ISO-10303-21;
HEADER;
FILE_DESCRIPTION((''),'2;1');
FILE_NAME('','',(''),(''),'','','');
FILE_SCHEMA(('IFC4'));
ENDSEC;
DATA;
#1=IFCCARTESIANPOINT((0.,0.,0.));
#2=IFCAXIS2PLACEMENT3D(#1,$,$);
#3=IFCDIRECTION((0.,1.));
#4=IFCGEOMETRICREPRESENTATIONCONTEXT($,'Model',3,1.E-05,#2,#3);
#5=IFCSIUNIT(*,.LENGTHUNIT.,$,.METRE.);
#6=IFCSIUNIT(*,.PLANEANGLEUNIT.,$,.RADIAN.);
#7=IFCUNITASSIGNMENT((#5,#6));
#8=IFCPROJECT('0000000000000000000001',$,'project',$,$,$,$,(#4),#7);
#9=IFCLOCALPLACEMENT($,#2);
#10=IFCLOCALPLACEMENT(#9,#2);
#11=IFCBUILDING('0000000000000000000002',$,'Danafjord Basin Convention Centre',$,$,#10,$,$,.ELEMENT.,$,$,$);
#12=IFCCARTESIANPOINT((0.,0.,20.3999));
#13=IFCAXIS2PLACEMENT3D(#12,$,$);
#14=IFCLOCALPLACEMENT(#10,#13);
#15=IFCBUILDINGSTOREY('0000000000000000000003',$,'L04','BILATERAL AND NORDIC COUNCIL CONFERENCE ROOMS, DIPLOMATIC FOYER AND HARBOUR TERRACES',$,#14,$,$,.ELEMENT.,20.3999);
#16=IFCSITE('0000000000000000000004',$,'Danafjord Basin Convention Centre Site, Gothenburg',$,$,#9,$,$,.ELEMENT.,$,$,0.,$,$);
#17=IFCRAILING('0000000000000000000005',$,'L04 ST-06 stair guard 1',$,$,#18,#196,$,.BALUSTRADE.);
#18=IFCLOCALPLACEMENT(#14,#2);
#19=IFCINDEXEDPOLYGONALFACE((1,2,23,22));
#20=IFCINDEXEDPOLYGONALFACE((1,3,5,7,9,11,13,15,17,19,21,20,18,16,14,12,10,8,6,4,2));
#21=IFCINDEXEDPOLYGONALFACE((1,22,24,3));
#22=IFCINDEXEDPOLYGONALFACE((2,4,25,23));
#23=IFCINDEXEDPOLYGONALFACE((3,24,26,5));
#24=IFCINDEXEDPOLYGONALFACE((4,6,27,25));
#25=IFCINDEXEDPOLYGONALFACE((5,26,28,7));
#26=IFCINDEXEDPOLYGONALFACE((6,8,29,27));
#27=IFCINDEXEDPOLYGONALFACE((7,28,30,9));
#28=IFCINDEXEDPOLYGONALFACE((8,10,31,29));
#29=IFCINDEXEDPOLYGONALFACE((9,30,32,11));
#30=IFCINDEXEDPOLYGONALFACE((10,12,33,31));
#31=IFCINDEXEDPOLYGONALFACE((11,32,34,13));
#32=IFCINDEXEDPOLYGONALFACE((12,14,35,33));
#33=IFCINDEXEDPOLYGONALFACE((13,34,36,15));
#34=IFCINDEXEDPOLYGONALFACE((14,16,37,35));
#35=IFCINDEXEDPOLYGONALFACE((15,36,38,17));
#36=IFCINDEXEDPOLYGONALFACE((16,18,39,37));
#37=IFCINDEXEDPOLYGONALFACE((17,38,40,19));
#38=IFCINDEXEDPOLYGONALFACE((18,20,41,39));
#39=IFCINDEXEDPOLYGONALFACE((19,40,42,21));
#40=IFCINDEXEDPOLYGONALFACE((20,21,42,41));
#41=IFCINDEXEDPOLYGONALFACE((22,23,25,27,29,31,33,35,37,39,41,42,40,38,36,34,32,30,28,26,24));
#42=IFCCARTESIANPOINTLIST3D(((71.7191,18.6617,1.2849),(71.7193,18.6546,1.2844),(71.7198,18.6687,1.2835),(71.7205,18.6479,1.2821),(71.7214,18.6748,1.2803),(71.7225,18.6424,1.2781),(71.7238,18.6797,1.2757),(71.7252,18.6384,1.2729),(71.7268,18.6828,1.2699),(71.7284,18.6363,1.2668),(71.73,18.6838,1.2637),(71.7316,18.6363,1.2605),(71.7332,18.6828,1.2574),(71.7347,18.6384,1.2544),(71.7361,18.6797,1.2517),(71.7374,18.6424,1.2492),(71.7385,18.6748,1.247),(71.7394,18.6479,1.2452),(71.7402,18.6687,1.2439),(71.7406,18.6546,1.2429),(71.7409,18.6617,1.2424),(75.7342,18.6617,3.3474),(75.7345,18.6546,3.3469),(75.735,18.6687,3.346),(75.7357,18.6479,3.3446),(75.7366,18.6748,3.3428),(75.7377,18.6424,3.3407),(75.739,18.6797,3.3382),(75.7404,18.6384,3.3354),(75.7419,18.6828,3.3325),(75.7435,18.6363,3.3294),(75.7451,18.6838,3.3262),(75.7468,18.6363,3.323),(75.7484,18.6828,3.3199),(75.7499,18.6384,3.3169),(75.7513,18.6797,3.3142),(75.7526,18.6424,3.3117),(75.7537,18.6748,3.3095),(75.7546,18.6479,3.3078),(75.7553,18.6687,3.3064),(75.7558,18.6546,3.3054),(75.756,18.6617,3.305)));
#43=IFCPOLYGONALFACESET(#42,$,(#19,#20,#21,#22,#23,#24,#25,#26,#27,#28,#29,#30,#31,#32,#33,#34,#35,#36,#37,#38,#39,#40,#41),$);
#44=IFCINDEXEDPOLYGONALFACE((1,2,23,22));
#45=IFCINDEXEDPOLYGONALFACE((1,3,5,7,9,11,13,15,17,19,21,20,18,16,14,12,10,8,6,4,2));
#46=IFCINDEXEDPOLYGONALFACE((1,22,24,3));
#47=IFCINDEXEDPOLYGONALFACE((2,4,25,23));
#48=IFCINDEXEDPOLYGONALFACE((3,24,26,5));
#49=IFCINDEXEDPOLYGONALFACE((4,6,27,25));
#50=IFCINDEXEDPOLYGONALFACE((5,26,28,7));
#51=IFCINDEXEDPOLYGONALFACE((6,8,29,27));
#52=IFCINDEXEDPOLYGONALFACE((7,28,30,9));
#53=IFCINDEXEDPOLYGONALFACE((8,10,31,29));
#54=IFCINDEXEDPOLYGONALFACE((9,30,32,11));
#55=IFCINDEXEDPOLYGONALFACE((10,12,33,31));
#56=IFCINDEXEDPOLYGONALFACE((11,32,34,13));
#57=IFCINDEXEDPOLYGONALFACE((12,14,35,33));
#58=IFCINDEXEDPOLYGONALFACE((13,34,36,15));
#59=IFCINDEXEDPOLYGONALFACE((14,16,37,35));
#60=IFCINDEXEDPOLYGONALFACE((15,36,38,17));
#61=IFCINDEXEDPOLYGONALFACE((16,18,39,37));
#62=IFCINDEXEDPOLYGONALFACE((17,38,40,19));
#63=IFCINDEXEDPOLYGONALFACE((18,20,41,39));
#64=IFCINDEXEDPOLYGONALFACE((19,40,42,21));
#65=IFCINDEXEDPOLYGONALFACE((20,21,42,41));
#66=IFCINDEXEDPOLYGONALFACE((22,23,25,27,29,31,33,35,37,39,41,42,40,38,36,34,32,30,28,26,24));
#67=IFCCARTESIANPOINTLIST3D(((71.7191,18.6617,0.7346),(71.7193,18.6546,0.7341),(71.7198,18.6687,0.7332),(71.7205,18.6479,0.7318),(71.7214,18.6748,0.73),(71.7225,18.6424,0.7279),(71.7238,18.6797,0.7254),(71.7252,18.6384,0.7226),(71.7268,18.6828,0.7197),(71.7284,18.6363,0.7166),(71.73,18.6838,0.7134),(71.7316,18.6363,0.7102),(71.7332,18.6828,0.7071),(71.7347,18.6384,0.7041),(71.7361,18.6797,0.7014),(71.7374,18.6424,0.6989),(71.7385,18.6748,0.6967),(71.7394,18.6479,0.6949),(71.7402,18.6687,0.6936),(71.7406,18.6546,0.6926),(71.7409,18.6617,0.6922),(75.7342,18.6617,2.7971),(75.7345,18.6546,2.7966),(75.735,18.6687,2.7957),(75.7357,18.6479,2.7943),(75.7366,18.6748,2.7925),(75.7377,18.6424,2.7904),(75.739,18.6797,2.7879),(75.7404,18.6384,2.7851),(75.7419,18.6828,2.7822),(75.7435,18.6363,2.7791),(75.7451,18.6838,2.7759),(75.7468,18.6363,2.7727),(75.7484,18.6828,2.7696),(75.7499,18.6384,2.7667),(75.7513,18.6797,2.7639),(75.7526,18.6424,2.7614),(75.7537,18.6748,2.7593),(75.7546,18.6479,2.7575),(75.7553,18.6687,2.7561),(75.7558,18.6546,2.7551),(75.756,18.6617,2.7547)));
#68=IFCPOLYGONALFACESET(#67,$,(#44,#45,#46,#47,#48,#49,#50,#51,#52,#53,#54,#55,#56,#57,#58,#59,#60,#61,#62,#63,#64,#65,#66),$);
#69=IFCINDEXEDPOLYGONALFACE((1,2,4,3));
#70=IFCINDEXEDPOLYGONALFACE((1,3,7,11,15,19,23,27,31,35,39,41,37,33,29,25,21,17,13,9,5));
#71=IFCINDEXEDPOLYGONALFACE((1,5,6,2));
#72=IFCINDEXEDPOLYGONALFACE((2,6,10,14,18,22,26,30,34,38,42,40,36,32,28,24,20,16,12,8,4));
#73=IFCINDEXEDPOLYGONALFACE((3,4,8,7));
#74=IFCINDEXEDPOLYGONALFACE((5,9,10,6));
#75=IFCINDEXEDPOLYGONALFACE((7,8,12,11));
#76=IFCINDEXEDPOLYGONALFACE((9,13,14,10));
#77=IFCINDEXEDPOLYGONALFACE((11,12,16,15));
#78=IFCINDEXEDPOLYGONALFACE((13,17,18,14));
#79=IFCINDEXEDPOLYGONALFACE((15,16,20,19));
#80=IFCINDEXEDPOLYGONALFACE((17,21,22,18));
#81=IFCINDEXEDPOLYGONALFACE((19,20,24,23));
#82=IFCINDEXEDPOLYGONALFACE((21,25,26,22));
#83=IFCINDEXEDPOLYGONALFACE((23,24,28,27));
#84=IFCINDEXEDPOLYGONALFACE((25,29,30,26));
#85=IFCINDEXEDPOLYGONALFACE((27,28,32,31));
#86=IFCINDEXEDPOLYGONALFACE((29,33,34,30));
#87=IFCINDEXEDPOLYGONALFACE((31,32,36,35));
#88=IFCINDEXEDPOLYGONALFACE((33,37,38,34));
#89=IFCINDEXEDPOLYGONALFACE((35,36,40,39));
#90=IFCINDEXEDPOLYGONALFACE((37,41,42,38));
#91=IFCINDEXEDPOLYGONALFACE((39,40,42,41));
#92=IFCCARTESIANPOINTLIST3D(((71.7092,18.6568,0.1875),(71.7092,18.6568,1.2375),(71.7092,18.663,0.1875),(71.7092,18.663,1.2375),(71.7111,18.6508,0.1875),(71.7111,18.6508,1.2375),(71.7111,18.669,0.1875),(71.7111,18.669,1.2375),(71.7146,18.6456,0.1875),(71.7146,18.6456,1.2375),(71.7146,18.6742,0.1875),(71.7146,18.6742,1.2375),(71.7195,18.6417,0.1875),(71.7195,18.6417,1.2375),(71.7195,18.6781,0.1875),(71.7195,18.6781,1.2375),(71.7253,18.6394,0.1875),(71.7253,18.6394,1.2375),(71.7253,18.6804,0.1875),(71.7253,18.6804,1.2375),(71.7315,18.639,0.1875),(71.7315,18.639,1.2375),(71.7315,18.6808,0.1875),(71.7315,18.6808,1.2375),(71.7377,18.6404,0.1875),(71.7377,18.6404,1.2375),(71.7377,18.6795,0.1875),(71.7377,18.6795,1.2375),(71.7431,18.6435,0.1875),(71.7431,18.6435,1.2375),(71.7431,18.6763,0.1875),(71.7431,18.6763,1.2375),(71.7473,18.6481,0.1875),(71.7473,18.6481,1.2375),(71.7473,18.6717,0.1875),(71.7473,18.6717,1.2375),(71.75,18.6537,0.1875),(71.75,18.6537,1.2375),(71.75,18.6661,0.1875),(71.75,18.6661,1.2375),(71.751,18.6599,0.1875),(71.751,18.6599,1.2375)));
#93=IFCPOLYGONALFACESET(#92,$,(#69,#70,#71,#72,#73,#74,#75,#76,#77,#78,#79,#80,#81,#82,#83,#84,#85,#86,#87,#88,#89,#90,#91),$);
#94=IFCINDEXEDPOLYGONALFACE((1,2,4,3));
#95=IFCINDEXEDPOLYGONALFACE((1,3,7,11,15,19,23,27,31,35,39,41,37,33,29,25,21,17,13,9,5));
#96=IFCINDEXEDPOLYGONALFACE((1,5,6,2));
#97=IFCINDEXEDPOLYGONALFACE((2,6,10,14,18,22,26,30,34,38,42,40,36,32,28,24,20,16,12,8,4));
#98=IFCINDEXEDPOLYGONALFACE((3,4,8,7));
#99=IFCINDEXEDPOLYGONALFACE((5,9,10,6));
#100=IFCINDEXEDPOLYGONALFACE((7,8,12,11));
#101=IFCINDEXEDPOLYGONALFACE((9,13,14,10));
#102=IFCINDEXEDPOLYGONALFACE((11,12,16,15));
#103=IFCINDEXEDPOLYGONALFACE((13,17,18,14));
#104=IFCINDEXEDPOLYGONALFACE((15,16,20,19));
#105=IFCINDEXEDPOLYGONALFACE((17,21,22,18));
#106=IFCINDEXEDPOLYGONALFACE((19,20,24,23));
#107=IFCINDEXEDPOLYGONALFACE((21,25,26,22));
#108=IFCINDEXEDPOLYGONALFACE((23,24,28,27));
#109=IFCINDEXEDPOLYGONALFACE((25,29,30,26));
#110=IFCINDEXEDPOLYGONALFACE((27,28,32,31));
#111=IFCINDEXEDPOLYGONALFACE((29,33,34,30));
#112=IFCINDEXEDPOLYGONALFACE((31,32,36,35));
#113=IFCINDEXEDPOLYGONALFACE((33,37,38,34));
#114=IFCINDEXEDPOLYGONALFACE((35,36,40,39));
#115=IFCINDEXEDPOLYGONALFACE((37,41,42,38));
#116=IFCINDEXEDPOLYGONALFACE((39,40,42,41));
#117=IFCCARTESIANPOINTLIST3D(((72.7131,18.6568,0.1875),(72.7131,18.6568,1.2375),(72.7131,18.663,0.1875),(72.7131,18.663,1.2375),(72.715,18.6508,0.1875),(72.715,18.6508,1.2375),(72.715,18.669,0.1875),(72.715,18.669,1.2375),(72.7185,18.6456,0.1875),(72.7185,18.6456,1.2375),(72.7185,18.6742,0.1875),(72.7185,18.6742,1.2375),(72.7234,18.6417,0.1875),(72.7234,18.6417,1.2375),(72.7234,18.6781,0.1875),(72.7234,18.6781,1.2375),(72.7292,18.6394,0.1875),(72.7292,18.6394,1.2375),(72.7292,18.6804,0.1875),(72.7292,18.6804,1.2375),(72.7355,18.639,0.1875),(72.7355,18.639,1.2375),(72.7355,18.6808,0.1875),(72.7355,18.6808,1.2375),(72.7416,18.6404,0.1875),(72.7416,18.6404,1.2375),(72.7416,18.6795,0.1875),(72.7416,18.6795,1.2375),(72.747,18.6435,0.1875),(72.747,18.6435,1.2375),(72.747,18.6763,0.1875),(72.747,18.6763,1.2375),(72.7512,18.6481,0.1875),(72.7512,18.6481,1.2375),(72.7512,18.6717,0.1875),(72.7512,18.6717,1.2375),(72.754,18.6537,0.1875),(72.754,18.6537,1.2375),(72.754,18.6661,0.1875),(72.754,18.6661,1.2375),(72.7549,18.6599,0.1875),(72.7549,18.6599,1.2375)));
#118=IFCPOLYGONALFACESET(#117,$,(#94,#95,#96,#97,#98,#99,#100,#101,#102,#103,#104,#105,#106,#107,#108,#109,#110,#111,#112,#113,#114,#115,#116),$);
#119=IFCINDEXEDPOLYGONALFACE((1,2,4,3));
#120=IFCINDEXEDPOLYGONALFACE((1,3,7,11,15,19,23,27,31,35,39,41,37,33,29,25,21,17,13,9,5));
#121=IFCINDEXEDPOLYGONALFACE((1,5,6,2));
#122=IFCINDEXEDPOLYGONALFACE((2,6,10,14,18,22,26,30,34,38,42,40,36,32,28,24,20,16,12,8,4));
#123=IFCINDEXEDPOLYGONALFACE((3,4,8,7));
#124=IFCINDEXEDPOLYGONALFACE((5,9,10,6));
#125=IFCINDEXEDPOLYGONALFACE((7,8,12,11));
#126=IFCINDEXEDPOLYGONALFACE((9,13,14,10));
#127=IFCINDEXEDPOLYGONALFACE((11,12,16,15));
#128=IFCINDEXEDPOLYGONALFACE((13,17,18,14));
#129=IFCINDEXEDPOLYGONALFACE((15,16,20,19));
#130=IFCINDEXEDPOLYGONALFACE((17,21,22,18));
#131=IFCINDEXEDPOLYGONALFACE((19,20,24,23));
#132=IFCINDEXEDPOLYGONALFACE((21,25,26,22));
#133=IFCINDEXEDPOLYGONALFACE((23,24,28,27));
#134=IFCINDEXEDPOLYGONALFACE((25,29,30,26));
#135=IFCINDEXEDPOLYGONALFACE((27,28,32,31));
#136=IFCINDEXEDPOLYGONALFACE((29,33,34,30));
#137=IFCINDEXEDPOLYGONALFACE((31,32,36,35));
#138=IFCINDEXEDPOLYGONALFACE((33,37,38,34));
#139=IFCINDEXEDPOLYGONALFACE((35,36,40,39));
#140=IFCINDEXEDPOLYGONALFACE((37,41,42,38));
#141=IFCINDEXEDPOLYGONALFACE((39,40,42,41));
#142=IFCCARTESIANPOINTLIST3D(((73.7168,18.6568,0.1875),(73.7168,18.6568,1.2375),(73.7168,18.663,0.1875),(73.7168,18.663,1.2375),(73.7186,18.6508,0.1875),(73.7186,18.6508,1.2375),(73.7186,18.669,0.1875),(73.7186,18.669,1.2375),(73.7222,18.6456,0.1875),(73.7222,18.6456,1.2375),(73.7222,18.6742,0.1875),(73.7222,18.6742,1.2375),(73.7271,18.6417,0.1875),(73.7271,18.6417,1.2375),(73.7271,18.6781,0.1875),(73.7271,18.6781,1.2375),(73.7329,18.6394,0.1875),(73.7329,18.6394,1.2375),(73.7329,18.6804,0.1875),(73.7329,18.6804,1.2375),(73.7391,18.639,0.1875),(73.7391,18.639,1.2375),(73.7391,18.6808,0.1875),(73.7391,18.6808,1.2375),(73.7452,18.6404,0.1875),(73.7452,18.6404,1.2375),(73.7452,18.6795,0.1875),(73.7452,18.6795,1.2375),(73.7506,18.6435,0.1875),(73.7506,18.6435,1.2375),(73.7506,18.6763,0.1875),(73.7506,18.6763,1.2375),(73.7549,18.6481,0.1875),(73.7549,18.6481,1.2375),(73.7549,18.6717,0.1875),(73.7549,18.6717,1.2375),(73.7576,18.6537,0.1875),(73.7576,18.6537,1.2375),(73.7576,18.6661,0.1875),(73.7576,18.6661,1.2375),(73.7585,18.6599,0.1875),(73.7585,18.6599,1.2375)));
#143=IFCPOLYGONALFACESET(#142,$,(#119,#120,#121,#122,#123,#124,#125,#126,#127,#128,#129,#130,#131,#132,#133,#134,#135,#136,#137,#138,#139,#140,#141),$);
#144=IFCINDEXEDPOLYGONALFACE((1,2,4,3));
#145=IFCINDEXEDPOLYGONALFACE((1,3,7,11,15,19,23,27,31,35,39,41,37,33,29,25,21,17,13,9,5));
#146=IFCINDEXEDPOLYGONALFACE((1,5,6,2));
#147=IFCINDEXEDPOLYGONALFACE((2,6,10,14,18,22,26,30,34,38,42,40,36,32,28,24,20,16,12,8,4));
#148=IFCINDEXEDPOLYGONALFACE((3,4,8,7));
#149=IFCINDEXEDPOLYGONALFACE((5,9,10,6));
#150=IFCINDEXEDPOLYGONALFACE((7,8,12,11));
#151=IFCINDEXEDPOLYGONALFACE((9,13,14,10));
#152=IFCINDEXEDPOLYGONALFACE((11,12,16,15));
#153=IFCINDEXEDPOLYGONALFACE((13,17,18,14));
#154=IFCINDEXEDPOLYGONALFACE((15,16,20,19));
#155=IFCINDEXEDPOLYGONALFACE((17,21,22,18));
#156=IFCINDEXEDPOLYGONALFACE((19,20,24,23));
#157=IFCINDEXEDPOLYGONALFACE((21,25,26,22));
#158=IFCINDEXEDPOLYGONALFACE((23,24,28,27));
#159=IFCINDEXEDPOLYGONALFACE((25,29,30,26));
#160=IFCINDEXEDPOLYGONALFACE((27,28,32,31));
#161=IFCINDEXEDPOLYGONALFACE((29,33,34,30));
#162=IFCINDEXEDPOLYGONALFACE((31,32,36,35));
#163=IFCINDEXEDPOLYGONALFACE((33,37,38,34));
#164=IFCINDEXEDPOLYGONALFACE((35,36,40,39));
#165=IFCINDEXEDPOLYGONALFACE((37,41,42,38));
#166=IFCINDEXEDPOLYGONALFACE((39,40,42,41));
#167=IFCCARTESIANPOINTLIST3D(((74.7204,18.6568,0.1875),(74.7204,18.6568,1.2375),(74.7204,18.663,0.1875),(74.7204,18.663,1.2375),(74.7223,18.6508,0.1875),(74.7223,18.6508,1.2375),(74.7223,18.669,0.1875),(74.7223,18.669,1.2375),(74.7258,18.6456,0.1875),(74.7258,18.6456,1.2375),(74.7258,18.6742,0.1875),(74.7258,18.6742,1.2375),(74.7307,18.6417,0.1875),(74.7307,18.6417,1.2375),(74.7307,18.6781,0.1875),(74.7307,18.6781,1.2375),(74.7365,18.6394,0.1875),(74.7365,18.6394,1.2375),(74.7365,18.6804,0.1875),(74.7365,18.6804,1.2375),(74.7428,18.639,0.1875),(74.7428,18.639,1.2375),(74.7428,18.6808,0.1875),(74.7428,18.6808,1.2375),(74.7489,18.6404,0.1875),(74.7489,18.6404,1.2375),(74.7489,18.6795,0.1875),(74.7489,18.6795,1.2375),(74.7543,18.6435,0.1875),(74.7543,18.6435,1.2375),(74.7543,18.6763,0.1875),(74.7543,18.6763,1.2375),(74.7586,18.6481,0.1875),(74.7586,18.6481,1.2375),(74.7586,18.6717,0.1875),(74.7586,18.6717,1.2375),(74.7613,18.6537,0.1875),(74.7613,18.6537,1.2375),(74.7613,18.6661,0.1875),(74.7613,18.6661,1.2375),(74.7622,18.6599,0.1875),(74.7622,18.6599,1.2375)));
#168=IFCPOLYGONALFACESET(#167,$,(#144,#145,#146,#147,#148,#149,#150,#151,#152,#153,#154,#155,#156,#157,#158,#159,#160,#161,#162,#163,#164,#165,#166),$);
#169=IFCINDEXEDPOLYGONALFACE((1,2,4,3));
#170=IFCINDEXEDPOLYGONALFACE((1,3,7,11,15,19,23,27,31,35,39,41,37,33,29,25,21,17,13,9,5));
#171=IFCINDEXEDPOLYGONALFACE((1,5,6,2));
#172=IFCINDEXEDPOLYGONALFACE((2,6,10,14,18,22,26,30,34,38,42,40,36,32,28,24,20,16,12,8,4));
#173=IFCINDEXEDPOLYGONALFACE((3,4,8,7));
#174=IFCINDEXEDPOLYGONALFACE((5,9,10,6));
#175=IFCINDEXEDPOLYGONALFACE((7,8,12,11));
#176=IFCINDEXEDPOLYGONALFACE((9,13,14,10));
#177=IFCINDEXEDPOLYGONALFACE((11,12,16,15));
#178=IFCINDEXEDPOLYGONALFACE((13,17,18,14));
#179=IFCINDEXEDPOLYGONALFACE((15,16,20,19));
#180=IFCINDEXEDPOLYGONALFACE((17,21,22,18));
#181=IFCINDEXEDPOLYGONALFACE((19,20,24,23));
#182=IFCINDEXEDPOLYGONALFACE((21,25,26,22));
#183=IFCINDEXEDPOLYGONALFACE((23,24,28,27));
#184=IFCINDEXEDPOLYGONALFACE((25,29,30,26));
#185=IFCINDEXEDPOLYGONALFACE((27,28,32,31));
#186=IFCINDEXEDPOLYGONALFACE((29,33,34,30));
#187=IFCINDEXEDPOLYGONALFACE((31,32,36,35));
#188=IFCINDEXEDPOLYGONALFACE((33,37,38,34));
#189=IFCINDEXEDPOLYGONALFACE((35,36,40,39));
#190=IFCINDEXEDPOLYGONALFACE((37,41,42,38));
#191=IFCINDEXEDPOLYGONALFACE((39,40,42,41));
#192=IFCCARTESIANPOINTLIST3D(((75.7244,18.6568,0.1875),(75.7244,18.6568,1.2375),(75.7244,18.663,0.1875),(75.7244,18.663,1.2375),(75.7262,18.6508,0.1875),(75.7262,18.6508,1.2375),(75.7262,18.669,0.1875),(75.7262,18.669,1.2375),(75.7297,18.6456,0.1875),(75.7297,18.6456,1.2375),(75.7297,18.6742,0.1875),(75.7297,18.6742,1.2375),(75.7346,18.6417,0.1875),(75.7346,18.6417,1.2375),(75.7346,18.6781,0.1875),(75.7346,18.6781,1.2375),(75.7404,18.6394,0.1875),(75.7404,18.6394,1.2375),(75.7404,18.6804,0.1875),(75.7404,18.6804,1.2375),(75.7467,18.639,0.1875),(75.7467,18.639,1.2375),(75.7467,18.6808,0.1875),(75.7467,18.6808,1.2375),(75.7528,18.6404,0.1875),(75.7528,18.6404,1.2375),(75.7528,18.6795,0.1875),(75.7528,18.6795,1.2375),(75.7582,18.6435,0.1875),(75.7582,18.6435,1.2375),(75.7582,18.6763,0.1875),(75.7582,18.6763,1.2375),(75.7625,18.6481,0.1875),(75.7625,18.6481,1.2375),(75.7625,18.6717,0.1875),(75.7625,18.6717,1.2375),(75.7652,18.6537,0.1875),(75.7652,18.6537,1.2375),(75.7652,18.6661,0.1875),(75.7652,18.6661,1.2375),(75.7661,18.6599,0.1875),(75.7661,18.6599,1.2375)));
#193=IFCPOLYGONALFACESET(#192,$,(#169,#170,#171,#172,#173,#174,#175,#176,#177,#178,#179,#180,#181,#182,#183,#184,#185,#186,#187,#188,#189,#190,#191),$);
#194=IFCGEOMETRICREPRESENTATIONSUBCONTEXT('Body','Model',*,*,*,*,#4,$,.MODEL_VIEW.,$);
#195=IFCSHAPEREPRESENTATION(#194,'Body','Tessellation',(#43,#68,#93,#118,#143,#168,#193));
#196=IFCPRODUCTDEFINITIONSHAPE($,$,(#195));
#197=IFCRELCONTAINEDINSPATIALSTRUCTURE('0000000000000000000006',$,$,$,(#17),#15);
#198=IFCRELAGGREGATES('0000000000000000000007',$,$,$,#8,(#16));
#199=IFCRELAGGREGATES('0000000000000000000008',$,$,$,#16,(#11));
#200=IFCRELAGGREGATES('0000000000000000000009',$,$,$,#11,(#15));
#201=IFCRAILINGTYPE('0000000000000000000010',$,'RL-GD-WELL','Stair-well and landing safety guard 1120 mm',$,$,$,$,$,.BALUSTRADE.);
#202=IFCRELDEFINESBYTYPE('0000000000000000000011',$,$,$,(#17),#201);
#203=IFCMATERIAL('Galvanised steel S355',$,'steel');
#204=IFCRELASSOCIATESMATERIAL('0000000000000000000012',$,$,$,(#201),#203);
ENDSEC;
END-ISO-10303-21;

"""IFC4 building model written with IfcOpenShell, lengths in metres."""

from ifc_helpers import new_model, si_unit, direction, frame, origin, origin_2d, place, context, subcontext, project, spatial, circle, extrude, material, type_object, element, save


model = new_model("IFC4")

# Units and contexts
model_context = context("Model", 3, precision=1e-05, world=origin(), true_north=direction((0.0, 1.0)))
body_context = subcontext(model_context, "Body", "Model", "MODEL_VIEW")
ifc_project = project(units=[si_unit("LENGTHUNIT", "METRE"), si_unit("PLANEANGLEUNIT", "RADIAN")], contexts=[model_context])

# Site, building, storey
site_placement = place(None, origin())
site = spatial("IfcSite", under=ifc_project, at=site_placement, Name="Danafjord Basin Convention Centre Site, Gothenburg", CompositionType="ELEMENT", RefElevation=0.0)
building_placement = place(site_placement, origin())
building = spatial("IfcBuilding", under=site, at=building_placement, Name="Danafjord Basin Convention Centre", CompositionType="ELEMENT")
storey_placement = place(building_placement, frame((0.0, 0.0, 20.3999)))
storey = spatial("IfcBuildingStorey", under=building, at=storey_placement, Name="L04", Description="BILATERAL AND NORDIC COUNCIL CONFERENCE ROOMS, DIPLOMATIC FOYER AND HARBOUR TERRACES", CompositionType="ELEMENT", Elevation=20.3999)

# Railing
ifc_material_1 = material(Name="Galvanised steel S355", Category="steel")
railing_type_1 = type_object("IfcRailingType", Name="RL-GD-WELL", Description="Stair-well and landing safety guard 1120 mm", PredefinedType="BALUSTRADE", material=ifc_material_1)
railing_1_placement = place(storey_placement, frame((71.73, 18.6599, 0.1875)))
element("IfcRailing", 1, at=railing_1_placement, inside=storey, type_object=railing_type_1, Name="L04 ST-06 stair guard 1", PredefinedType="BALUSTRADE", context=body_context, shape_type="SweptSolid", body=[
    extrude(circle(Radius=0.0239, at=origin_2d()), frame((0.0, 0.0, 1.0762), z_axis=(0.889506, 0.0, 0.456923), x_axis=(0.0, 1.0, 0.0)), (0.0, 0.0, 1.0), 4.5139),
    extrude(circle(Radius=0.0239, at=origin_2d()), frame((0.0, 0.0, 0.5259), z_axis=(0.889506, 0.0, 0.456923), x_axis=(0.0, 1.0, 0.0)), (0.0, 0.0, 1.0), 4.5139),
    extrude(circle(Radius=0.021, at=origin_2d()), origin(), (0.0, 0.0, 1.0), 1.05),
    extrude(circle(Radius=0.021, at=origin_2d()), frame((1.0039, 0.0, 0.0)), (0.0, 0.0, 1.0), 1.05),
    extrude(circle(Radius=0.021, at=origin_2d()), frame((2.0076, 0.0, 0.0)), (0.0, 0.0, 1.0), 1.05),
    extrude(circle(Radius=0.021, at=origin_2d()), frame((3.0112, 0.0, 0.0)), (0.0, 0.0, 1.0), 1.05),
    extrude(circle(Radius=0.021, at=origin_2d()), frame((4.0151, 0.0, 0.0)), (0.0, 0.0, 1.0), 1.05),
])

save(model, "model.ifc")
